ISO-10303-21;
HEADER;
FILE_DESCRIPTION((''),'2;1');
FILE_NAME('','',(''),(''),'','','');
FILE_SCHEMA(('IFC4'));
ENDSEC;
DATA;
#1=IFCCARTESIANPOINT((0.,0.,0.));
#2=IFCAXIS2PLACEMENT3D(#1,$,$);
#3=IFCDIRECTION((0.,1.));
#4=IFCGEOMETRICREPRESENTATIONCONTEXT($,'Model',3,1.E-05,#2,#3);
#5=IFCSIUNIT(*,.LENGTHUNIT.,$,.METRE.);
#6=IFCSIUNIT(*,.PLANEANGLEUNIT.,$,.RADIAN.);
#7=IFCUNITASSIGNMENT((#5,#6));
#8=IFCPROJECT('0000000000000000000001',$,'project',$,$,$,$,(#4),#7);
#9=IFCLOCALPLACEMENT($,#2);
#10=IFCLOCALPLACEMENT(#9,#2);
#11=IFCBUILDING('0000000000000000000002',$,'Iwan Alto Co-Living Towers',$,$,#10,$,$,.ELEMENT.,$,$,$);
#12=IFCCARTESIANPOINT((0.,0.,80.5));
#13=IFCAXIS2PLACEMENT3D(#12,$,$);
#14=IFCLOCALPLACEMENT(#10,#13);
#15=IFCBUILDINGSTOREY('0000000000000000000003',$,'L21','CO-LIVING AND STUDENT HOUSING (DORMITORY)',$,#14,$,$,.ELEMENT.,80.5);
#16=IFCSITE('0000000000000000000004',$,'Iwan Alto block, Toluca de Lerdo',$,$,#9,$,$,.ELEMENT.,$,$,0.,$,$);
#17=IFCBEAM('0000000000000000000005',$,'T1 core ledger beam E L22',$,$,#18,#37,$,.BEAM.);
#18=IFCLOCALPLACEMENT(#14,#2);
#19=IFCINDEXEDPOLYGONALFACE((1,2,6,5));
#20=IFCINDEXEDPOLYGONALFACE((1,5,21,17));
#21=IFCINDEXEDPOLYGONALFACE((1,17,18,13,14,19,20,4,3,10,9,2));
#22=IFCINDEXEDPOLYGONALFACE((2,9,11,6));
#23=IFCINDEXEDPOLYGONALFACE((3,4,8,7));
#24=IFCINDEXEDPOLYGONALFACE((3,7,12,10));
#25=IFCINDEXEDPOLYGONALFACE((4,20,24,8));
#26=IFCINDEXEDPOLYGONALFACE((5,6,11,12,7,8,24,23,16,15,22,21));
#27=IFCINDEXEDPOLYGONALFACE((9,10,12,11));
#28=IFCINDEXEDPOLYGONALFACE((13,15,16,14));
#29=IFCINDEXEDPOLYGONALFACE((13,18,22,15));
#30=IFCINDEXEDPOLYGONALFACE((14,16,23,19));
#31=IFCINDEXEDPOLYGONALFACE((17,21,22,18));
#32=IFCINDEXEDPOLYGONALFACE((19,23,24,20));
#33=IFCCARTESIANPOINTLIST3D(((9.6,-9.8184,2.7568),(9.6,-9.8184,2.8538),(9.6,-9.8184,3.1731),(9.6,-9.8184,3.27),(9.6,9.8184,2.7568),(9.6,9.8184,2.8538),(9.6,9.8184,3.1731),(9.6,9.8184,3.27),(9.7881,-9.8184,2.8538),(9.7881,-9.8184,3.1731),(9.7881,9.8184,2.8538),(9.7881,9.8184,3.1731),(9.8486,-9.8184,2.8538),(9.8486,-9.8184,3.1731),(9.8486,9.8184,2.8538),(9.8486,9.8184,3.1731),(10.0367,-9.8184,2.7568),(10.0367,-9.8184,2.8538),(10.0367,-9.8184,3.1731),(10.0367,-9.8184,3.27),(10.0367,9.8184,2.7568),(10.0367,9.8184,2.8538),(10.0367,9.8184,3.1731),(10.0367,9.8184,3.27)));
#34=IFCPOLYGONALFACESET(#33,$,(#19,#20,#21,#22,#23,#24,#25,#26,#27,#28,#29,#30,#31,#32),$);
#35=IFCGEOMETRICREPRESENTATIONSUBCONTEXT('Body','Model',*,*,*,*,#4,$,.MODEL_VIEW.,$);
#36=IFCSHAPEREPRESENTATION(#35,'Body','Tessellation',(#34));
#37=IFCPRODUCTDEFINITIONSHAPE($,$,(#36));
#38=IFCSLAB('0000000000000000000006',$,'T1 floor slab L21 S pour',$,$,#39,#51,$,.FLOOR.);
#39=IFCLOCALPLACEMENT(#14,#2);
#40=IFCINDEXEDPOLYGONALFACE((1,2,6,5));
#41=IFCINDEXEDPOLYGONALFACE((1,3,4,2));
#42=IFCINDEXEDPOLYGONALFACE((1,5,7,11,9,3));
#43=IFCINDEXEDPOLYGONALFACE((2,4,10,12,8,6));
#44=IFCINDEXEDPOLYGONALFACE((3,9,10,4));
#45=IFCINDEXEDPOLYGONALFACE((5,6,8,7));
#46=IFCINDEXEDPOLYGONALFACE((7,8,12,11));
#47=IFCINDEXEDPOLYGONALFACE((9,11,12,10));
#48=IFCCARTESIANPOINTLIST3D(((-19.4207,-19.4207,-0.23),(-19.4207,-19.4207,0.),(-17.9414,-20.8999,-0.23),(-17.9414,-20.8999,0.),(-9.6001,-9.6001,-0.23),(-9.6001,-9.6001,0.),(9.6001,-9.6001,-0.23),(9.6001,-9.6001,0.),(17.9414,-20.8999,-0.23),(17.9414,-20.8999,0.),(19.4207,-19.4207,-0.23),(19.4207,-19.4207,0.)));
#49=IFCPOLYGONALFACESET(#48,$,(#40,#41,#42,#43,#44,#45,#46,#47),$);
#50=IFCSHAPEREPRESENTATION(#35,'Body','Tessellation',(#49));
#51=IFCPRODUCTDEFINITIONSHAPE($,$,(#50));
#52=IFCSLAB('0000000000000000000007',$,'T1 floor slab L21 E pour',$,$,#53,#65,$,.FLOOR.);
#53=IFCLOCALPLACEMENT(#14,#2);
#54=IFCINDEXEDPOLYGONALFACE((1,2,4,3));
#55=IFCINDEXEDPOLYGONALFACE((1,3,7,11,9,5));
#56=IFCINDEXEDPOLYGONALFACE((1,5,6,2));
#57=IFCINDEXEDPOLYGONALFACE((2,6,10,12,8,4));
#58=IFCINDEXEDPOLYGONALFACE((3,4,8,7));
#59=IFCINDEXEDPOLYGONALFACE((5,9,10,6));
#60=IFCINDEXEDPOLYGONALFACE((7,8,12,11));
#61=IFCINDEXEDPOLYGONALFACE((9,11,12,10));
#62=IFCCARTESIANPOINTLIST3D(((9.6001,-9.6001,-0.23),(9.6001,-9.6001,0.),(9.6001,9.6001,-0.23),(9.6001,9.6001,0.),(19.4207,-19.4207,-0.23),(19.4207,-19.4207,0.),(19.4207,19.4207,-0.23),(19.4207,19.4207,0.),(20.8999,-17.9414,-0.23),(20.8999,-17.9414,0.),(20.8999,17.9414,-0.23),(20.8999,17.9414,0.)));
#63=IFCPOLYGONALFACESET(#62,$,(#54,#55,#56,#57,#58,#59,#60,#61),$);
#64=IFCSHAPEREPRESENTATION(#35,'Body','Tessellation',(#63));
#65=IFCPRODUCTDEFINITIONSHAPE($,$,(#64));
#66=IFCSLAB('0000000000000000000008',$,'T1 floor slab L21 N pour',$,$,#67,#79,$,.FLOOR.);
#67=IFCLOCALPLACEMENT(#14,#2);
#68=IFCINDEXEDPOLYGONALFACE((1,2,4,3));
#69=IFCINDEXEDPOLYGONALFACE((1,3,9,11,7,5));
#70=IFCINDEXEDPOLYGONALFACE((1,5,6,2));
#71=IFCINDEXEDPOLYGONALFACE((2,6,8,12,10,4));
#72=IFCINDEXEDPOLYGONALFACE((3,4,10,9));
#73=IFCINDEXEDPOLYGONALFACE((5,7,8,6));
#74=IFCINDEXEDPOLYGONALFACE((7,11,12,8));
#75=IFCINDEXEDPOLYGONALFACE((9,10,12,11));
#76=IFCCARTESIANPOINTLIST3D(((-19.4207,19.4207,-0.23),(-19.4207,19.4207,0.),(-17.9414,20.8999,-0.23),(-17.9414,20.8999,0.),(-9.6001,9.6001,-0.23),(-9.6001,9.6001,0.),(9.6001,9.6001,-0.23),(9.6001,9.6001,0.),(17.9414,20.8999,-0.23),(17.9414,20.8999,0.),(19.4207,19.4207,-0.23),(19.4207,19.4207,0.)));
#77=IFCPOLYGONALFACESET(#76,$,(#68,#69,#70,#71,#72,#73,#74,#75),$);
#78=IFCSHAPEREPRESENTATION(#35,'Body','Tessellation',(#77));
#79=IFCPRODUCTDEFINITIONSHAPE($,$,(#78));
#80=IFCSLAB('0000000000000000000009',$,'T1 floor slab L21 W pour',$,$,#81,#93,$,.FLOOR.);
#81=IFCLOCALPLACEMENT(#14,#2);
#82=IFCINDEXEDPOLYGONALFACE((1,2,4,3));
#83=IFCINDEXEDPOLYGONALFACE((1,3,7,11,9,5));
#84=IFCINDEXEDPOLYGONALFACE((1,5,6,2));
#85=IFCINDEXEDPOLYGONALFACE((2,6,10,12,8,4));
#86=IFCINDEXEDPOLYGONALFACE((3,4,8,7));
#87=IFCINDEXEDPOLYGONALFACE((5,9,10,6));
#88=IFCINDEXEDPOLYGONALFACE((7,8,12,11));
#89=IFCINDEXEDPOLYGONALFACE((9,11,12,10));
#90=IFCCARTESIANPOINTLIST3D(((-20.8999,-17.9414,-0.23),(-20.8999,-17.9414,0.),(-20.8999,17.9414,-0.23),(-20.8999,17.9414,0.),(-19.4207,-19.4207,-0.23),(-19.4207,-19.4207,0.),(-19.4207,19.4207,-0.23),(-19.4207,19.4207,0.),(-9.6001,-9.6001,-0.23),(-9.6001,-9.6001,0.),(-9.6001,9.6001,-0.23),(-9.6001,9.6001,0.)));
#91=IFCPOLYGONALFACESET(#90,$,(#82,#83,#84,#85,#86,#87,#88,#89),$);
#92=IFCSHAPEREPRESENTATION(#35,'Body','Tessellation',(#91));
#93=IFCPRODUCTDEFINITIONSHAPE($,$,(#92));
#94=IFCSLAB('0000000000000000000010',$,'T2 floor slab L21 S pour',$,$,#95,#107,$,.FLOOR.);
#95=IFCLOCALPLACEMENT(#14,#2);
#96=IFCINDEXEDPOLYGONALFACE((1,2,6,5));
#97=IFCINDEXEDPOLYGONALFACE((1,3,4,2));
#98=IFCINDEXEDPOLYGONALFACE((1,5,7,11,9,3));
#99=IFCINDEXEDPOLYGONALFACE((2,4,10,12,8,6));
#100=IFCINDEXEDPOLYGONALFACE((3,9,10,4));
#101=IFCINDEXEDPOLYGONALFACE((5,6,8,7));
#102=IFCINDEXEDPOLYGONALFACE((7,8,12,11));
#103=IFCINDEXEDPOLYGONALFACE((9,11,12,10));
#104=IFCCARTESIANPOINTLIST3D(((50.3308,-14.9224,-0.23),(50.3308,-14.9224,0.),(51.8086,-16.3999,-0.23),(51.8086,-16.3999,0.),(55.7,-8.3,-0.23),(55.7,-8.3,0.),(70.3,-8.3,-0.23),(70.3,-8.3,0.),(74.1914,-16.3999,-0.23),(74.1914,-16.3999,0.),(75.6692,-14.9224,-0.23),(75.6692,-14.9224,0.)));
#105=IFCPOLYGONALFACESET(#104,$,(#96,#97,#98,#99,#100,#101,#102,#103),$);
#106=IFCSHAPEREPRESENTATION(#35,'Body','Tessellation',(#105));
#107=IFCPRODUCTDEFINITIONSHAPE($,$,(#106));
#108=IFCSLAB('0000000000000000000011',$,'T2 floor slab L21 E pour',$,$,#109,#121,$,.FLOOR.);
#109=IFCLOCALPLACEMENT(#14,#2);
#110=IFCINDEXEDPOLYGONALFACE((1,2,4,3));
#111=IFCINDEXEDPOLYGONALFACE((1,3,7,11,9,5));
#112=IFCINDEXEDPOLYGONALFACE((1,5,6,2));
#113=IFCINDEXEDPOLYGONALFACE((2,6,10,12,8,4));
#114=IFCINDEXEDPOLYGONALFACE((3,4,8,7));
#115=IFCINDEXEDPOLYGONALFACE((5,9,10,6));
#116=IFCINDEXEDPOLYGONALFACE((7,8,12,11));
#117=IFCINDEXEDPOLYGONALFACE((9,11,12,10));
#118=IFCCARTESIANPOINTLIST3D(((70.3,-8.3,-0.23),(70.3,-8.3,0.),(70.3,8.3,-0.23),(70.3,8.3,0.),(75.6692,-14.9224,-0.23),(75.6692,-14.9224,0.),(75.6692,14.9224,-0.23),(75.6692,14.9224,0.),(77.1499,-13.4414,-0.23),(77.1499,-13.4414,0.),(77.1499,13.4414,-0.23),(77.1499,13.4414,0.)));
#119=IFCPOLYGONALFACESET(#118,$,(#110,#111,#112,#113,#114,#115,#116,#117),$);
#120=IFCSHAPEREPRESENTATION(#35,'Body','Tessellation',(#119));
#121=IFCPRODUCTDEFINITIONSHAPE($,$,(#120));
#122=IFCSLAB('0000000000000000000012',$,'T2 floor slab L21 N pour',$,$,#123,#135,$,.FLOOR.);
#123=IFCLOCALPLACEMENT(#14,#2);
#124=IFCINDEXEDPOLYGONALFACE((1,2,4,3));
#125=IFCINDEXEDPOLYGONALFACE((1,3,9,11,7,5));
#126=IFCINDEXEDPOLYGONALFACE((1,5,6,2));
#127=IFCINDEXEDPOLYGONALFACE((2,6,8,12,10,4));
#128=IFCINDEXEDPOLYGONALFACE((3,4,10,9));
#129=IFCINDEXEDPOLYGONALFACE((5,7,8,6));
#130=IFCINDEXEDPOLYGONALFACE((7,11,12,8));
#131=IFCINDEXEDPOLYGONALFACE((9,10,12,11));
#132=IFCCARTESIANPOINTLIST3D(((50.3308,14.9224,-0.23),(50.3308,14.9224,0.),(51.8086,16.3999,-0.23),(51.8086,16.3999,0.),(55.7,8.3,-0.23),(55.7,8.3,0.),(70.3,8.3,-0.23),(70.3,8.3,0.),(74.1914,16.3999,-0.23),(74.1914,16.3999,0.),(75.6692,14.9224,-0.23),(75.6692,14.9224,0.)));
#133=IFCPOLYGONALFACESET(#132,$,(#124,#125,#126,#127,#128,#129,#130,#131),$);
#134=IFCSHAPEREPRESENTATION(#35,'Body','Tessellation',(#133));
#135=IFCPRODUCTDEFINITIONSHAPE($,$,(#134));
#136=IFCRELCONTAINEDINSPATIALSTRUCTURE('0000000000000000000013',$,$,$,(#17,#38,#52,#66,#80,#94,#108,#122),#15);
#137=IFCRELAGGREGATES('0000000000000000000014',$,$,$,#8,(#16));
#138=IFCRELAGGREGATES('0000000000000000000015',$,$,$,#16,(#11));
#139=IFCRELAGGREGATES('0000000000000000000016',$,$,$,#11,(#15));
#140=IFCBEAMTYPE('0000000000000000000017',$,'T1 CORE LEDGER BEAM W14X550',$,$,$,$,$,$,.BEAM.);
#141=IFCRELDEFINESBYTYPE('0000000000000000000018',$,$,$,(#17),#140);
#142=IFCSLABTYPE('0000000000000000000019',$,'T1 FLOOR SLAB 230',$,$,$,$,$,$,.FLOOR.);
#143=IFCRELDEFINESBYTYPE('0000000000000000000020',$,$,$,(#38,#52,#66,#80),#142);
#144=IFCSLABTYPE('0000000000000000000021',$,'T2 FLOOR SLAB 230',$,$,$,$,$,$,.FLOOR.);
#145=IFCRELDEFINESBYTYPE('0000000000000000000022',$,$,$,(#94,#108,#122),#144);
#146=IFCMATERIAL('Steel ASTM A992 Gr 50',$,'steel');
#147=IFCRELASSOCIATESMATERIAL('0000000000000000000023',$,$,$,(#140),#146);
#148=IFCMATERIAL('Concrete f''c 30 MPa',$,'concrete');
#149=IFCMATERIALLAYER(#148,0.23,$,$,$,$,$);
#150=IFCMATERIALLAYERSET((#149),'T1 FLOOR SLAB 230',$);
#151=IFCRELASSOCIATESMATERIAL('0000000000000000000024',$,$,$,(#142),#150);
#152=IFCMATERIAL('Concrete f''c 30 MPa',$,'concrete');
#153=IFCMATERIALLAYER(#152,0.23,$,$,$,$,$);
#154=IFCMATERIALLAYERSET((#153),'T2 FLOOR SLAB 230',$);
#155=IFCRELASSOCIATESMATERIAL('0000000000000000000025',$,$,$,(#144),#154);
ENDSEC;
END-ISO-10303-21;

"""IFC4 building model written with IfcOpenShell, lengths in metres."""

from ifc_helpers import new_model, si_unit, direction, frame, origin, origin_2d, place, context, subcontext, project, spatial, polyline, i_section, outline, extrude, material, layer, layer_set, material_profile, profile_set, type_object, element, save


model = new_model("IFC4")

# Units and contexts
model_context = context("Model", 3, precision=1e-05, world=origin(), true_north=direction((0.0, 1.0)))
body_context = subcontext(model_context, "Body", "Model", "MODEL_VIEW")
ifc_project = project(units=[si_unit("LENGTHUNIT", "METRE"), si_unit("PLANEANGLEUNIT", "RADIAN")], contexts=[model_context])

# Site, building, storey
site_placement = place(None, origin())
site = spatial("IfcSite", under=ifc_project, at=site_placement, Name="Iwan Alto block, Toluca de Lerdo", CompositionType="ELEMENT", RefElevation=0.0)
building_placement = place(site_placement, origin())
building = spatial("IfcBuilding", under=site, at=building_placement, Name="Iwan Alto Co-Living Towers", CompositionType="ELEMENT")
storey_placement = place(building_placement, frame((0.0, 0.0, 80.5)))
storey = spatial("IfcBuildingStorey", under=building, at=storey_placement, Name="L21", Description="CO-LIVING AND STUDENT HOUSING (DORMITORY)", CompositionType="ELEMENT", Elevation=80.5)

# Beam
ifc_material_1 = material(Name="Steel ASTM A992 Gr 50", Category="steel")
ifc_material_profile = material_profile(ifc_material_1, i_section(OverallWidth=0.4368, OverallDepth=0.5132, WebThickness=0.0605, FlangeThickness=0.0969, at=origin_2d()), Name="W14X550")
ifc_profile_set = profile_set([ifc_material_profile], Name="Steel ASTM A992 Gr 50")
beam_type = type_object("IfcBeamType", Name="T1 CORE LEDGER BEAM W14X550", PredefinedType="BEAM", material=ifc_profile_set)
beam_placement = place(storey_placement, frame((9.8184, -9.8184, 3.0134), z_axis=(0.0, 1.0, 0.0), x_axis=(-1.0, 0.0, 0.0)))
element("IfcBeam", 1, at=beam_placement, inside=storey, type_object=beam_type, Name="T1 core ledger beam E L22", PredefinedType="BEAM", context=body_context, shape_type="SweptSolid", body=[
    extrude(i_section(OverallWidth=0.4368, OverallDepth=0.5132, WebThickness=0.0605, FlangeThickness=0.0969, at=origin_2d()), origin(), (0.0, 0.0, 1.0), 19.6367),
])

# Slabs
ifc_material_2 = material(Name="Concrete f'c 30 MPa", Category="concrete")
ifc_layer_1 = layer(ifc_material_2, 0.23)
ifc_layer_set_1 = layer_set([ifc_layer_1], Name="T1 FLOOR SLAB 230")
slab_type_1 = type_object("IfcSlabType", Name="T1 FLOOR SLAB 230", PredefinedType="FLOOR", material=ifc_layer_set_1)
slab_1_placement = place(storey_placement, frame((0.0, 0.0, -0.23)))
element("IfcSlab", 2, at=slab_1_placement, inside=storey, type_object=slab_type_1, Name="T1 floor slab L21 S pour", PredefinedType="FLOOR", context=body_context, shape_type="SweptSolid", body=[
    extrude(outline(polyline([(17.9414, -20.8999), (-17.9414, -20.8999), (-19.4207, -19.4207), (-9.6001, -9.6001), (9.6001, -9.6001), (19.4207, -19.4207), (17.9414, -20.8999)])), origin(), (0.0, 0.0, 1.0), 0.23),
])
slab_2_placement = place(storey_placement, frame((0.0, 0.0, -0.23)))
element("IfcSlab", 3, at=slab_2_placement, inside=storey, type_object=slab_type_1, Name="T1 floor slab L21 E pour", PredefinedType="FLOOR", context=body_context, shape_type="SweptSolid", body=[
    extrude(outline(polyline([(20.8999, 17.9414), (20.8999, -17.9414), (19.4207, -19.4207), (9.6001, -9.6001), (9.6001, 9.6001), (19.4207, 19.4207), (20.8999, 17.9414)])), origin(), (0.0, 0.0, 1.0), 0.23),
])
slab_3_placement = place(storey_placement, frame((0.0, 0.0, -0.23)))
element("IfcSlab", 4, at=slab_3_placement, inside=storey, type_object=slab_type_1, Name="T1 floor slab L21 N pour", PredefinedType="FLOOR", context=body_context, shape_type="SweptSolid", body=[
    extrude(outline(polyline([(-17.9414, 20.8999), (17.9414, 20.8999), (19.4207, 19.4207), (9.6001, 9.6001), (-9.6001, 9.6001), (-19.4207, 19.4207), (-17.9414, 20.8999)])), origin(), (0.0, 0.0, 1.0), 0.23),
])
slab_4_placement = place(storey_placement, frame((0.0, 0.0, -0.23)))
element("IfcSlab", 5, at=slab_4_placement, inside=storey, type_object=slab_type_1, Name="T1 floor slab L21 W pour", PredefinedType="FLOOR", context=body_context, shape_type="SweptSolid", body=[
    extrude(outline(polyline([(-20.8999, 17.9414), (-19.4207, 19.4207), (-9.6001, 9.6001), (-9.6001, -9.6001), (-19.4207, -19.4207), (-20.8999, -17.9414), (-20.8999, 17.9414)])), origin(), (0.0, 0.0, 1.0), 0.23),
])
ifc_material_3 = material(Name="Concrete f'c 30 MPa", Category="concrete")
ifc_layer_2 = layer(ifc_material_3, 0.23)
ifc_layer_set_2 = layer_set([ifc_layer_2], Name="T2 FLOOR SLAB 230")
slab_type_2 = type_object("IfcSlabType", Name="T2 FLOOR SLAB 230", PredefinedType="FLOOR", material=ifc_layer_set_2)
slab_5_placement = place(storey_placement, frame((0.0, 0.0, -0.23)))
element("IfcSlab", 6, at=slab_5_placement, inside=storey, type_object=slab_type_2, Name="T2 floor slab L21 S pour", PredefinedType="FLOOR", context=body_context, shape_type="SweptSolid", body=[
    extrude(outline(polyline([(74.1914, -16.3999), (51.8086, -16.3999), (50.3308, -14.9224), (55.7, -8.3), (70.3, -8.3), (75.6692, -14.9224), (74.1914, -16.3999)])), origin(), (0.0, 0.0, 1.0), 0.23),
])
slab_6_placement = place(storey_placement, frame((0.0, 0.0, -0.23)))
element("IfcSlab", 7, at=slab_6_placement, inside=storey, type_object=slab_type_2, Name="T2 floor slab L21 E pour", PredefinedType="FLOOR", context=body_context, shape_type="SweptSolid", body=[
    extrude(outline(polyline([(77.1499, 13.4414), (77.1499, -13.4414), (75.6692, -14.9224), (70.3, -8.3), (70.3, 8.3), (75.6692, 14.9224), (77.1499, 13.4414)])), origin(), (0.0, 0.0, 1.0), 0.23),
])
slab_7_placement = place(storey_placement, frame((0.0, 0.0, -0.23)))
element("IfcSlab", 8, at=slab_7_placement, inside=storey, type_object=slab_type_2, Name="T2 floor slab L21 N pour", PredefinedType="FLOOR", context=body_context, shape_type="SweptSolid", body=[
    extrude(outline(polyline([(51.8086, 16.3999), (74.1914, 16.3999), (75.6692, 14.9224), (70.3, 8.3), (55.7, 8.3), (50.3308, 14.9224), (51.8086, 16.3999)])), origin(), (0.0, 0.0, 1.0), 0.23),
])

save(model, "model.ifc")
